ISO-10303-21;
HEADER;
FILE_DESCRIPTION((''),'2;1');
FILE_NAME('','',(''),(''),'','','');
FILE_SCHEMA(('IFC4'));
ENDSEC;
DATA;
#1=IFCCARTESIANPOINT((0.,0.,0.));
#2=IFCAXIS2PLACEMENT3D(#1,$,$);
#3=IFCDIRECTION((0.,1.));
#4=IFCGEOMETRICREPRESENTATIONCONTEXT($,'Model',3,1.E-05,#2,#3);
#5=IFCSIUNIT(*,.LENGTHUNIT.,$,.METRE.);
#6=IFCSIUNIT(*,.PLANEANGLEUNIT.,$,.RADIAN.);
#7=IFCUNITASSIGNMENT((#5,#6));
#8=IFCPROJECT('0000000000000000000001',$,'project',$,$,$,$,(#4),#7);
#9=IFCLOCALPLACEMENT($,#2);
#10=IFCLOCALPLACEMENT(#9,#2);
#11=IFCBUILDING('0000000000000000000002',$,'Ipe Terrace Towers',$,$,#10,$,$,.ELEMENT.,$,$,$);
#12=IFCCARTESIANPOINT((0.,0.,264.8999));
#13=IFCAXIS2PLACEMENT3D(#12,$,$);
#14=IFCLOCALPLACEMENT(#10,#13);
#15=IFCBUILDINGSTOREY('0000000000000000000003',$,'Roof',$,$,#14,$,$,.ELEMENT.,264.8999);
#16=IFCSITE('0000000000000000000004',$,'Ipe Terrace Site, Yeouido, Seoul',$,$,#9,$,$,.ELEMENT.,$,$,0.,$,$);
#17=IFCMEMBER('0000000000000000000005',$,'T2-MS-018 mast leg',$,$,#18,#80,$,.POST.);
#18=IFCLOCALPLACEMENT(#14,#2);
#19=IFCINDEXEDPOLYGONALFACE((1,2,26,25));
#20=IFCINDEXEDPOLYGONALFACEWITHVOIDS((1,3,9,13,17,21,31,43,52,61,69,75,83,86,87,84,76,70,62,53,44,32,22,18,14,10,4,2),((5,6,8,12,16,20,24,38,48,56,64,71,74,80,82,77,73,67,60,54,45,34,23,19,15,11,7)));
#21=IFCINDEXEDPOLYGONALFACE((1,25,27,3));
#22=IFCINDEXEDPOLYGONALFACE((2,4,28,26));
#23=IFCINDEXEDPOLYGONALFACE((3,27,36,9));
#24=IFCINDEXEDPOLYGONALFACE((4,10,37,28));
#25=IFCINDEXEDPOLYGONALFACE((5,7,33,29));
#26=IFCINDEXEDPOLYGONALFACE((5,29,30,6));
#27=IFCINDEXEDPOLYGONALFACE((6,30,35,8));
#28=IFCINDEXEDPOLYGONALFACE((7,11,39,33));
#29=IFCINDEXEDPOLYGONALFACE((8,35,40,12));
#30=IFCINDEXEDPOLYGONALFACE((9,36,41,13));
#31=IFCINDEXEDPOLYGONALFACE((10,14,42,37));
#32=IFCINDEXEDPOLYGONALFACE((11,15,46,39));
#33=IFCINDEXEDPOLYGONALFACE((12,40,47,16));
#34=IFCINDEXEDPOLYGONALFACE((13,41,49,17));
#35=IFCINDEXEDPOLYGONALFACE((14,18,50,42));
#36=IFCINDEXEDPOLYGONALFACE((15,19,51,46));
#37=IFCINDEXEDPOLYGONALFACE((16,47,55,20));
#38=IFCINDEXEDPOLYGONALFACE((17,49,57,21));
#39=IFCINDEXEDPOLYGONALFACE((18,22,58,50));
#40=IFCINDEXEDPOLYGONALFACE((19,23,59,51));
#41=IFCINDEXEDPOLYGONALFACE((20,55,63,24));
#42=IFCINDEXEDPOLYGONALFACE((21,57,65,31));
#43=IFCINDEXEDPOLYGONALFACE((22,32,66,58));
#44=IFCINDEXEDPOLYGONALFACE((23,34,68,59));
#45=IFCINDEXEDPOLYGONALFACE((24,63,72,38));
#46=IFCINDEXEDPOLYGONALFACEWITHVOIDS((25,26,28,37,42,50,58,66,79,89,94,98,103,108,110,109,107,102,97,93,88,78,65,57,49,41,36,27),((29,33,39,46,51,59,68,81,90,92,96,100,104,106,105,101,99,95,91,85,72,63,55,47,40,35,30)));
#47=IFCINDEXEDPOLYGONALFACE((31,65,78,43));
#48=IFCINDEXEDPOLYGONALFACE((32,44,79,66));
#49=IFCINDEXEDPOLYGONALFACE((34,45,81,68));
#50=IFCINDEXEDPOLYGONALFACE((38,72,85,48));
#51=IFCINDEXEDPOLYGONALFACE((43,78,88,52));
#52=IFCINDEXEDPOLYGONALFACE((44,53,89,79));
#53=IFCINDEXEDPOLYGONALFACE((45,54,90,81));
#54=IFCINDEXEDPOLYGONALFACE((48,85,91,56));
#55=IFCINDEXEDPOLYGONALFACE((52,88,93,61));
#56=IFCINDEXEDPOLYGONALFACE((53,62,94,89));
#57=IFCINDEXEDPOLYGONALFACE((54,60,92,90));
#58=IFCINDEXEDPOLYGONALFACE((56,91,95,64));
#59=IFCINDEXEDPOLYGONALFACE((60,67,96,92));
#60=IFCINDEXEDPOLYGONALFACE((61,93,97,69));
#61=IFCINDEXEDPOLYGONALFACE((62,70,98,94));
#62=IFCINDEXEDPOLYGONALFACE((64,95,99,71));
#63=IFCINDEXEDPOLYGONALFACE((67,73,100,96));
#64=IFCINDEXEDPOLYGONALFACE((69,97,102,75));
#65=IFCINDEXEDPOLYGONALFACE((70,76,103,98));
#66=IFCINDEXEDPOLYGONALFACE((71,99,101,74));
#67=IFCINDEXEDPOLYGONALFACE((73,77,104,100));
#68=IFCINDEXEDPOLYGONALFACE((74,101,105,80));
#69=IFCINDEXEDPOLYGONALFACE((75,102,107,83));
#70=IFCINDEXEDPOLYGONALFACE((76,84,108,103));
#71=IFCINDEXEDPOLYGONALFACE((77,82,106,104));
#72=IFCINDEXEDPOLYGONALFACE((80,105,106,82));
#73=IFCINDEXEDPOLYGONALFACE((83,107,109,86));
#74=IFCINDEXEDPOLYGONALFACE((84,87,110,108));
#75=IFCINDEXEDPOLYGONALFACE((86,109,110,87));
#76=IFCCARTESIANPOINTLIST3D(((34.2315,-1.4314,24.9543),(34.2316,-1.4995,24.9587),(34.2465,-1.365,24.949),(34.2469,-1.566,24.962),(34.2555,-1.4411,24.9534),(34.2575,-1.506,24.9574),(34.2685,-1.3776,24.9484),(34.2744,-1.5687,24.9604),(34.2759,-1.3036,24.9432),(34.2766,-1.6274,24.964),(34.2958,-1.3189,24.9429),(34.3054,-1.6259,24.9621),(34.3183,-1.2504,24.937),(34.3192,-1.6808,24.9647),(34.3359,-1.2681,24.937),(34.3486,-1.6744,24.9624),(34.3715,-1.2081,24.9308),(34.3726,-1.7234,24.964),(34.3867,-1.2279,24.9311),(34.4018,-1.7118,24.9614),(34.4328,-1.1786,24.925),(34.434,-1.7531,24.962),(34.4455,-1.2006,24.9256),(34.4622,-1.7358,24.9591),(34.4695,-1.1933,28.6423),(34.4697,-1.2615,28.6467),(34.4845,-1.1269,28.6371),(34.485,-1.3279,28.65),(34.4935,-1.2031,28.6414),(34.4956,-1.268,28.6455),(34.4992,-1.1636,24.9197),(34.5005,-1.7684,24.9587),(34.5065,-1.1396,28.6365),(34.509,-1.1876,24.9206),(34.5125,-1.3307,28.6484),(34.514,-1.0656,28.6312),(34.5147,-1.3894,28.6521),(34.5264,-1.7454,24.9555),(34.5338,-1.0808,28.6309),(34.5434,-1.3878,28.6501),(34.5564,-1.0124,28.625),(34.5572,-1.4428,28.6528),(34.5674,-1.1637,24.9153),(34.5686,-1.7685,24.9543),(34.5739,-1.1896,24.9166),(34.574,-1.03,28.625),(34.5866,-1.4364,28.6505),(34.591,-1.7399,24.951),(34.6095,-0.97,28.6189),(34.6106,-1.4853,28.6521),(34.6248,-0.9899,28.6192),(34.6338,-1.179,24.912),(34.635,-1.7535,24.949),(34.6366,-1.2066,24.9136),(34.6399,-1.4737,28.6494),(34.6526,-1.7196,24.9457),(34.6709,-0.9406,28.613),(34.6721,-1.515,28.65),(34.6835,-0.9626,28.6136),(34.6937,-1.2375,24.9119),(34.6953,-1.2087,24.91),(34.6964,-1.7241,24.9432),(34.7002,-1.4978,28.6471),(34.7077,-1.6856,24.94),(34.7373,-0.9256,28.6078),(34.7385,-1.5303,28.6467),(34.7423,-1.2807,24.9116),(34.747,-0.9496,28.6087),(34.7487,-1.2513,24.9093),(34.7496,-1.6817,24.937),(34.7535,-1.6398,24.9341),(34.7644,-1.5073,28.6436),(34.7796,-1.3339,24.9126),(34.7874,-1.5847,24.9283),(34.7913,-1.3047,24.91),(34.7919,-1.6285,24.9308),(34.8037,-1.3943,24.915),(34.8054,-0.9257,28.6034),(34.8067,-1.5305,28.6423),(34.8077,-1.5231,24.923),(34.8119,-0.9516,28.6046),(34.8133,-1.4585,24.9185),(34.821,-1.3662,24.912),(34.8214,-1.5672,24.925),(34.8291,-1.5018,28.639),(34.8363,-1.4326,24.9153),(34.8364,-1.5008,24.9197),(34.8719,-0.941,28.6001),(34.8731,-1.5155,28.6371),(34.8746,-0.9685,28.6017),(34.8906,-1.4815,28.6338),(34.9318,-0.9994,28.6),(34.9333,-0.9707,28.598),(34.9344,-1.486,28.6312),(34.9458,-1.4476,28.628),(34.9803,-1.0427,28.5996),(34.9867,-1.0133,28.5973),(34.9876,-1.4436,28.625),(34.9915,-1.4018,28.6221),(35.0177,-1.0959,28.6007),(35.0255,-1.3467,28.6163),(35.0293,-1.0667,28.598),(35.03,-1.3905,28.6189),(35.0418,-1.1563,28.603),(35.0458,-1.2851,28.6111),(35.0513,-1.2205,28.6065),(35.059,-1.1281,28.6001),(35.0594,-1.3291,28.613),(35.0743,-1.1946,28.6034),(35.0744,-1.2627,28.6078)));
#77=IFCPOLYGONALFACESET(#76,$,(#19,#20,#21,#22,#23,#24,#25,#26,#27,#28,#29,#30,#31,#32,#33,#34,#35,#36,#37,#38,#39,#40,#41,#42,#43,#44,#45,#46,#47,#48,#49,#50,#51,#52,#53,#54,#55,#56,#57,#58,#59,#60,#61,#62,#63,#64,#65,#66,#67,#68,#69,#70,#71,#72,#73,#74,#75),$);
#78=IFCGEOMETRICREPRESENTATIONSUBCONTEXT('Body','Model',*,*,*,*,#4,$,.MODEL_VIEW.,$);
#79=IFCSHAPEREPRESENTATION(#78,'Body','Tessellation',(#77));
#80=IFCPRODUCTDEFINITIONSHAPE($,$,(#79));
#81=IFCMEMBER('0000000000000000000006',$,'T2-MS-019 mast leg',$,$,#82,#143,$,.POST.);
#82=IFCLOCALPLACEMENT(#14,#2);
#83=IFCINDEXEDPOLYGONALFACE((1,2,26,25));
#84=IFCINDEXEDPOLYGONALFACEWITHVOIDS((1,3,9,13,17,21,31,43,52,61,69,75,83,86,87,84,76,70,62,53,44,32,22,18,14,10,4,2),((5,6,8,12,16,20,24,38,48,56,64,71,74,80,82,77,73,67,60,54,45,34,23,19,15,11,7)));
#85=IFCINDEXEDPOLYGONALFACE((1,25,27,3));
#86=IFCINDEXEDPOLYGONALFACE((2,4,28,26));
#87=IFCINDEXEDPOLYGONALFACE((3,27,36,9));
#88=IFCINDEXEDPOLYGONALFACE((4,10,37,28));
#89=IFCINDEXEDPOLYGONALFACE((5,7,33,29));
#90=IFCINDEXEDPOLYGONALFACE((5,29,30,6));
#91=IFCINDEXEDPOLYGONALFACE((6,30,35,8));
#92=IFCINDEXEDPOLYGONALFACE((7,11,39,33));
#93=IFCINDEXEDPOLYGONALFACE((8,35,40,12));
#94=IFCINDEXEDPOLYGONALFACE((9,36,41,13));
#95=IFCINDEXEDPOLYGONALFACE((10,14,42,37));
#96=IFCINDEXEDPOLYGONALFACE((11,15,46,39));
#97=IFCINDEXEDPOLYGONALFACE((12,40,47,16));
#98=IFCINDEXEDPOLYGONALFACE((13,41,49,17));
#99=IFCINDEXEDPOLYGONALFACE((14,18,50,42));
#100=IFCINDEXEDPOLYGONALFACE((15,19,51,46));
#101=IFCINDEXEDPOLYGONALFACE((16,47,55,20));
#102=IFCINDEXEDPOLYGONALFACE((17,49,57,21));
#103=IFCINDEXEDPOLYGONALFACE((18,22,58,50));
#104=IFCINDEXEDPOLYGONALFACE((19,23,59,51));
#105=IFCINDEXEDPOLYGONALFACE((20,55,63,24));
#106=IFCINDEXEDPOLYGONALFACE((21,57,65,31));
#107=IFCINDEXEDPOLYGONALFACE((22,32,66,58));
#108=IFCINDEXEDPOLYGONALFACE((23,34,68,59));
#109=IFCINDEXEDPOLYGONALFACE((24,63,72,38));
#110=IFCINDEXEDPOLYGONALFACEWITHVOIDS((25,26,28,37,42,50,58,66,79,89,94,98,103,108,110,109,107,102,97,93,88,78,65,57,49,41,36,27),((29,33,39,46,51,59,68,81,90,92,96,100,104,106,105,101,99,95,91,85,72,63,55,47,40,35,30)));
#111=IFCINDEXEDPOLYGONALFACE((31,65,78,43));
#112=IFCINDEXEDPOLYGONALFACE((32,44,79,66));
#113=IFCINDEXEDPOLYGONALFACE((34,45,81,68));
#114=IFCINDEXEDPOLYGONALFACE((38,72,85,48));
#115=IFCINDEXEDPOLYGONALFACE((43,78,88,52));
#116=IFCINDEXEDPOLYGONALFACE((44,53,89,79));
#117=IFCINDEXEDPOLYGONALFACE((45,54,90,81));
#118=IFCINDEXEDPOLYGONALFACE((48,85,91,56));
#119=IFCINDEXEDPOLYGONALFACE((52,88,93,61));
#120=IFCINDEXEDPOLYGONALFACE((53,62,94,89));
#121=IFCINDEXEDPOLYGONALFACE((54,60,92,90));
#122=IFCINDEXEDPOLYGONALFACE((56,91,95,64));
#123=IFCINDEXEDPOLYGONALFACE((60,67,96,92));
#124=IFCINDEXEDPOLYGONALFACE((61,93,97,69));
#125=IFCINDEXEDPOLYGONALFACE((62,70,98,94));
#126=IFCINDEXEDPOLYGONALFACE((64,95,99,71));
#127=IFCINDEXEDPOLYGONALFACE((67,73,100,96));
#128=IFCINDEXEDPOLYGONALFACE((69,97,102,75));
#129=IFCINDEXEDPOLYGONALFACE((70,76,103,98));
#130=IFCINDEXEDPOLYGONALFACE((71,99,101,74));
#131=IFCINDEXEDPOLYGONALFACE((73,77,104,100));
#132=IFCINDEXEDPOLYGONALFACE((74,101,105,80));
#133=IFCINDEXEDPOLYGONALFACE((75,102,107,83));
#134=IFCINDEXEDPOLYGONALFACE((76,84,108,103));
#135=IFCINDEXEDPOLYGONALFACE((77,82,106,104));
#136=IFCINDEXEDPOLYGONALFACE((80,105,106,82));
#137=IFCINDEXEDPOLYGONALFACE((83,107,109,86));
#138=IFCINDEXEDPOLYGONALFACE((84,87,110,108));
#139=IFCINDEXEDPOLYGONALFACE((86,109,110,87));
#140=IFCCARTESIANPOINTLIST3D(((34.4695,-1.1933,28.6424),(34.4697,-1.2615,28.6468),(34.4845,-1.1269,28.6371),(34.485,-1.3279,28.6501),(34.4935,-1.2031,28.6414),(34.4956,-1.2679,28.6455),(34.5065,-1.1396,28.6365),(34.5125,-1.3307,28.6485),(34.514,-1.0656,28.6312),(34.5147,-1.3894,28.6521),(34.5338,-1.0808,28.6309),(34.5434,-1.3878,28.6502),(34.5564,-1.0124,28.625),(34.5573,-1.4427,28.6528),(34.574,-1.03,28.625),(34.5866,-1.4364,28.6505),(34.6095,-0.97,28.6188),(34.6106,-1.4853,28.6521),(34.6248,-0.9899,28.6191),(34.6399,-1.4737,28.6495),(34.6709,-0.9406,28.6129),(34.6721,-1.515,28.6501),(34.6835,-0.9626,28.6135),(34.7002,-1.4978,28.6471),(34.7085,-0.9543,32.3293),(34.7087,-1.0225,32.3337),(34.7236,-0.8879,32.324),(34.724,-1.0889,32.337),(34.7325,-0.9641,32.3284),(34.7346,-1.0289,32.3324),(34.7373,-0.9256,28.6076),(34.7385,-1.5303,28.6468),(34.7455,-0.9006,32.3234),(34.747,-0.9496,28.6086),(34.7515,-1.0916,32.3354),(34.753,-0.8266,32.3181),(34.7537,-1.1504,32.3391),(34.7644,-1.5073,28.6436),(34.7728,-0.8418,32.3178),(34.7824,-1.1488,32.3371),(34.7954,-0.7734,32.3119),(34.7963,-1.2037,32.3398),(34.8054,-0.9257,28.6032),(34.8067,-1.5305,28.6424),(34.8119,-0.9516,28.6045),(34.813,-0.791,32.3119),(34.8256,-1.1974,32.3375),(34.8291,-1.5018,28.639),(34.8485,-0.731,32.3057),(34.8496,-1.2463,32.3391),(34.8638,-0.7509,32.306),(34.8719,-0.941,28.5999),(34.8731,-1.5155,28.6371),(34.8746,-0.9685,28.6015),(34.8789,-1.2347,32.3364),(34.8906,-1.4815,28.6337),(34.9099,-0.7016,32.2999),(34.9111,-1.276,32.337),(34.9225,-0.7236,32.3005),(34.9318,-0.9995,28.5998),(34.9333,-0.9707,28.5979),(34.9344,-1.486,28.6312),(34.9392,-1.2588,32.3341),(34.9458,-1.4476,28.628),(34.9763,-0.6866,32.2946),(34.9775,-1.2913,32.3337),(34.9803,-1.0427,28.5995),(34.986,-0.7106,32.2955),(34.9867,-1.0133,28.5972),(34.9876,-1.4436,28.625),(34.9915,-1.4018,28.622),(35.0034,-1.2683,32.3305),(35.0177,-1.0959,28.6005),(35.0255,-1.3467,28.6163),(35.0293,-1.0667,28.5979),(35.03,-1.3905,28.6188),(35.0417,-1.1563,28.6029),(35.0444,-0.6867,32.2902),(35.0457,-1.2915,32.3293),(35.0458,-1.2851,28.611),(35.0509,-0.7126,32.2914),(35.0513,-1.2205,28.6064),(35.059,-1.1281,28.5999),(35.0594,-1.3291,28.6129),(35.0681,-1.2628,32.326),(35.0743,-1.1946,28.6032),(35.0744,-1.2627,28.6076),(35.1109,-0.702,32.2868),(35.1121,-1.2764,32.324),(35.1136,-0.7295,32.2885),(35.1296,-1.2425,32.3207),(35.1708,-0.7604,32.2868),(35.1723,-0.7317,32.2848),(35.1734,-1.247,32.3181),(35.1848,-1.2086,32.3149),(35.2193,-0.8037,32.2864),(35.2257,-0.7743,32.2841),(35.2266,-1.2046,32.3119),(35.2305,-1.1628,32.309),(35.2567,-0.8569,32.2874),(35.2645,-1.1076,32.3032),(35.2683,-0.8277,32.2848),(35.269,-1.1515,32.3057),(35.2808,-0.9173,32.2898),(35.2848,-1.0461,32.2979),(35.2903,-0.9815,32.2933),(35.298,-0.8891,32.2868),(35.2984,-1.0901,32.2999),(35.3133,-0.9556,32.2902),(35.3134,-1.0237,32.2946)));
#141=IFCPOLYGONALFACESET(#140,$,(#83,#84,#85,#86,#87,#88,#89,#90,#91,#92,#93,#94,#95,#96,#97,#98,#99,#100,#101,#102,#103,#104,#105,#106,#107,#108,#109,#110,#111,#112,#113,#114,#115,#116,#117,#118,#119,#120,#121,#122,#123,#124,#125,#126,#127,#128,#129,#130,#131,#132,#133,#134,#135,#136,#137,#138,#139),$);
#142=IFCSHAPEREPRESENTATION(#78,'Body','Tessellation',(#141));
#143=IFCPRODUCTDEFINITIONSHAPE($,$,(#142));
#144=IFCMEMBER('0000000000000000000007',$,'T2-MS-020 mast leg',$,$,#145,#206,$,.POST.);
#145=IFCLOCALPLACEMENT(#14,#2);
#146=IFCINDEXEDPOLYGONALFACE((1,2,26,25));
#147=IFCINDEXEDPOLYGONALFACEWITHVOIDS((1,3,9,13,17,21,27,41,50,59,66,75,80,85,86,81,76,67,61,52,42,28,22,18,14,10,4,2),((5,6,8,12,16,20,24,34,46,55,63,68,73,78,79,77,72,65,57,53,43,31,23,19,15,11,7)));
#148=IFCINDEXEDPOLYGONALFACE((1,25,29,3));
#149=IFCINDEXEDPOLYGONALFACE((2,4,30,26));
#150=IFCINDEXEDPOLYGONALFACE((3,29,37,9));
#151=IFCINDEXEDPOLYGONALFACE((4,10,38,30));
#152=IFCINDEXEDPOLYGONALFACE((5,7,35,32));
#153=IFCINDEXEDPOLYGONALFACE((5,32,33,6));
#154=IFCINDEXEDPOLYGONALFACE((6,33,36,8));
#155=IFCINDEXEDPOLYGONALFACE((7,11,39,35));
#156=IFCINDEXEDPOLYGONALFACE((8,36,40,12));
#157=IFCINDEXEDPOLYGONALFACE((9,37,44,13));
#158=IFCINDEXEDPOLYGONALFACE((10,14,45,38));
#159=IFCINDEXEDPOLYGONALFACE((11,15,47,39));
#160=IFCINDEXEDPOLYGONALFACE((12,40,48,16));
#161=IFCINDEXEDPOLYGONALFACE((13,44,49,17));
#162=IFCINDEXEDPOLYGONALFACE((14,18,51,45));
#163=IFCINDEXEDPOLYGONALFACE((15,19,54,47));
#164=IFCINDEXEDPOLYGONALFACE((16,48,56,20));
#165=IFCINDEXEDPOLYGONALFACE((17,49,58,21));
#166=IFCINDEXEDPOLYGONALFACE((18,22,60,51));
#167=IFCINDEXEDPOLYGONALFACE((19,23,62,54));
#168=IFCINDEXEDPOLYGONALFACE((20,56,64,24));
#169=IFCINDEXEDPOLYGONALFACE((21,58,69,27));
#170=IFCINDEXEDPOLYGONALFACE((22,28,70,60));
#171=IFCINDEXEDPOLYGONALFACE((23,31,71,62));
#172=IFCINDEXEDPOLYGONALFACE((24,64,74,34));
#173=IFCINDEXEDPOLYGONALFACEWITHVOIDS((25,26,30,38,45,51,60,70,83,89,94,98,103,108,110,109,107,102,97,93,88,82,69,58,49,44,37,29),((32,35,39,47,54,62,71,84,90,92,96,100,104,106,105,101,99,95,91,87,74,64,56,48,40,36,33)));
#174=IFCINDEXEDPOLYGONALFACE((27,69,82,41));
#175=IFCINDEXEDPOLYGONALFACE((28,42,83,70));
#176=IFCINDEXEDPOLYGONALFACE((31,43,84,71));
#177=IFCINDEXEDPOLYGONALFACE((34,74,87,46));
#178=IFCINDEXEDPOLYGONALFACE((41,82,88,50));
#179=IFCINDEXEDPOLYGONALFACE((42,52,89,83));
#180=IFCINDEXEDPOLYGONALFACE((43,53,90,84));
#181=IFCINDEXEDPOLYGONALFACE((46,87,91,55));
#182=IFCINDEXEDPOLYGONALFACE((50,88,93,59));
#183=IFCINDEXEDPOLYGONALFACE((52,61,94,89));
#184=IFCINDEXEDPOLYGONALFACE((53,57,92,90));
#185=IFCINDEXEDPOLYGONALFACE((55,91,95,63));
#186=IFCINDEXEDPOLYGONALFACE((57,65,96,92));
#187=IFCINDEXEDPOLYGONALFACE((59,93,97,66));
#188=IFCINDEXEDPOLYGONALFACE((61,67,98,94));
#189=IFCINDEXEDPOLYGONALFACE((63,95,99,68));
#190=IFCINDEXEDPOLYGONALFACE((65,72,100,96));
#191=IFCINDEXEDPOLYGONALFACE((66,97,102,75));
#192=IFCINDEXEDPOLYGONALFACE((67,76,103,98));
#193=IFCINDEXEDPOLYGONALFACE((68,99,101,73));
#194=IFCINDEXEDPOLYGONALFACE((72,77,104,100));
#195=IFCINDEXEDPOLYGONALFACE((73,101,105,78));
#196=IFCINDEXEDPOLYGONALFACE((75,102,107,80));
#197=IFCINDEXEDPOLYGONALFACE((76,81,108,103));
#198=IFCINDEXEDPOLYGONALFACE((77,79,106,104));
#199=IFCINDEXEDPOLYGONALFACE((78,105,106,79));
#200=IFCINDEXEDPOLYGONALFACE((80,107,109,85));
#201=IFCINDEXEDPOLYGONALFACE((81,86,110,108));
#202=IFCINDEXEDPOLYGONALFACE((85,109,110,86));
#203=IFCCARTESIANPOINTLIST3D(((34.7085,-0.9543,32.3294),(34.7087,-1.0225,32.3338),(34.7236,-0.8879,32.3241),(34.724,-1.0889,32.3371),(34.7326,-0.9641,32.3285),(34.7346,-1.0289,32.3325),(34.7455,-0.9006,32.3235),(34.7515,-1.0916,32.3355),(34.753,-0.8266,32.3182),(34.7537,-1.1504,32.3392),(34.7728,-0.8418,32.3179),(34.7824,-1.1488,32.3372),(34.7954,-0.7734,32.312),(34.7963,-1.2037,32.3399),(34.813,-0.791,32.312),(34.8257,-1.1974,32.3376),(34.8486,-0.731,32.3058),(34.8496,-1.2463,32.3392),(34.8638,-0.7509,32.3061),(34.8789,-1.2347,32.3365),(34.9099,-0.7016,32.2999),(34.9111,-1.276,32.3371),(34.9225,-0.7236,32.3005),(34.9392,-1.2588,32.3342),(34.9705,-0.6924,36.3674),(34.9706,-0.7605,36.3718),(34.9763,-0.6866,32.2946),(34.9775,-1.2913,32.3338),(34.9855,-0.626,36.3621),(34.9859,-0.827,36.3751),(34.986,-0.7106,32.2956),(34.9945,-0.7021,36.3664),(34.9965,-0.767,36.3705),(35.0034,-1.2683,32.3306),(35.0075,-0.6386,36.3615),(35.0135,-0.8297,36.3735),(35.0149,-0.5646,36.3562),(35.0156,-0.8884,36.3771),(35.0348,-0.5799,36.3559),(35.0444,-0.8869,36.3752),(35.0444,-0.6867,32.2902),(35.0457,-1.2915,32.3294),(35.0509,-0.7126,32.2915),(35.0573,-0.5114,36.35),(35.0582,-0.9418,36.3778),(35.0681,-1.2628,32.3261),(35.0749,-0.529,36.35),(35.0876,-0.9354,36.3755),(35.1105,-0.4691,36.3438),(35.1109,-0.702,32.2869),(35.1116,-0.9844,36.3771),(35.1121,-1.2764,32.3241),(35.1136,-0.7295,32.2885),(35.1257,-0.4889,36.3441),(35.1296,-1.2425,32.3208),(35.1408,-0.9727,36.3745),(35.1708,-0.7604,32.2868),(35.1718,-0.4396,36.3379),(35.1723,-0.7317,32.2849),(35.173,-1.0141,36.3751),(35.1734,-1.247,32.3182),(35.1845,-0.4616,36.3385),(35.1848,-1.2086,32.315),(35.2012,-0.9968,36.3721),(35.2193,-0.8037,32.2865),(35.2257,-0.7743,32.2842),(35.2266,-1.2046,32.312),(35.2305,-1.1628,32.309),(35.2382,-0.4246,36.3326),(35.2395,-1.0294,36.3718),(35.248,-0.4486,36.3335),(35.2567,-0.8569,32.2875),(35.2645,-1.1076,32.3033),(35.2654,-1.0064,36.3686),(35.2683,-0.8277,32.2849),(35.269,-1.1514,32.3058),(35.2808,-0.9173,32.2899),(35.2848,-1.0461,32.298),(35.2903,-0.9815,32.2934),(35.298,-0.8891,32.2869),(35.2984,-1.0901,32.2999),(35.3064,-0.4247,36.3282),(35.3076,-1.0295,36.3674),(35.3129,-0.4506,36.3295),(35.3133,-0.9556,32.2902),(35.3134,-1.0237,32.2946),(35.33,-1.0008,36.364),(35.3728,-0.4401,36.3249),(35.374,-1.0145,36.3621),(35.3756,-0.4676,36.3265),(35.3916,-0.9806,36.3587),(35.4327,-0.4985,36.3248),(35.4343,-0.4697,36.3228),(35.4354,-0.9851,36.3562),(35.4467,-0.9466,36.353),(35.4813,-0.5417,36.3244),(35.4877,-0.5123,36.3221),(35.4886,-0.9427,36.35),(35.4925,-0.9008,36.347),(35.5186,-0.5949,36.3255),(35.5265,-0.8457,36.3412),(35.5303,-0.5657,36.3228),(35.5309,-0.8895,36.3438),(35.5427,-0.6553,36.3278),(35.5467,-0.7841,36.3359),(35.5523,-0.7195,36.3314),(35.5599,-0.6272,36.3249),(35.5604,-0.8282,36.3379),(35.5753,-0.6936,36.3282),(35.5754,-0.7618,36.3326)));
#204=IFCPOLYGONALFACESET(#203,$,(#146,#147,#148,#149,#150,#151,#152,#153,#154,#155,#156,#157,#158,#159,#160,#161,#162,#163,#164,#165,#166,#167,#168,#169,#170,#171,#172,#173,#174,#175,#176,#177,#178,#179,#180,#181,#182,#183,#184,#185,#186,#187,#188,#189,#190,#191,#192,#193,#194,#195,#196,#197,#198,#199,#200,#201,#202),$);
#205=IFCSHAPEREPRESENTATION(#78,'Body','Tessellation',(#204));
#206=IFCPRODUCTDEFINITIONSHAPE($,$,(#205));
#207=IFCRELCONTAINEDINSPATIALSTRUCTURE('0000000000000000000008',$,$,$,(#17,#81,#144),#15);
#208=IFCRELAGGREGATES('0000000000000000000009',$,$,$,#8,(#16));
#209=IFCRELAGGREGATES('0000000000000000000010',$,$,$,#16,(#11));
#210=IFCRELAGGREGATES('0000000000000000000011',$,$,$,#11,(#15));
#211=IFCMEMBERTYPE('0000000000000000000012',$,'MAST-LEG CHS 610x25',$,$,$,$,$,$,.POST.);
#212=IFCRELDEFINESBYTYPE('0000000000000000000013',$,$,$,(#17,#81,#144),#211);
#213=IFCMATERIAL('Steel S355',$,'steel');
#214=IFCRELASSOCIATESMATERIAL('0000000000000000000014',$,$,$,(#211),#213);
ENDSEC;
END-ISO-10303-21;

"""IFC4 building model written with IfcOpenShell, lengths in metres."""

from ifc_helpers import new_model, si_unit, direction, frame, origin, origin_2d, place, context, subcontext, project, spatial, hollow_circle, extrude, material, material_profile, profile_set, type_object, element, save


model = new_model("IFC4")

# Units and contexts
model_context = context("Model", 3, precision=1e-05, world=origin(), true_north=direction((0.0, 1.0)))
body_context = subcontext(model_context, "Body", "Model", "MODEL_VIEW")
ifc_project = project(units=[si_unit("LENGTHUNIT", "METRE"), si_unit("PLANEANGLEUNIT", "RADIAN")], contexts=[model_context])

# Site, building, storey
site_placement = place(None, origin())
site = spatial("IfcSite", under=ifc_project, at=site_placement, Name="Ipe Terrace Site, Yeouido, Seoul", CompositionType="ELEMENT", RefElevation=0.0)
building_placement = place(site_placement, origin())
building = spatial("IfcBuilding", under=site, at=building_placement, Name="Ipe Terrace Towers", CompositionType="ELEMENT")
storey_placement = place(building_placement, frame((0.0, 0.0, 264.8999)))
storey = spatial("IfcBuildingStorey", under=building, at=storey_placement, Name="Roof", CompositionType="ELEMENT", Elevation=264.8999)

# Members
ifc_material_1 = material(Name="Steel S355", Category="steel")
ifc_material_profile_1 = material_profile(ifc_material_1, hollow_circle(Radius=0.3049, WallThickness=0.0249, at=origin_2d()), Name="MAST-LEG CHS 610x25")
ifc_profile_set_1 = profile_set([ifc_material_profile_1], Name="Steel S355")
member_type_1 = type_object("IfcMemberType", Name="MAST-LEG CHS 610x25", PredefinedType="POST", material=ifc_profile_set_1)
member_1_placement = place(storey_placement, frame((34.5339, -1.4661, 24.937), z_axis=(0.064277, 0.064277, 0.99586), x_axis=(-0.707107, 0.707107, 0.0)))
element("IfcMember", 1, at=member_1_placement, inside=storey, type_object=member_type_1, Name="T2-MS-018 mast leg", PredefinedType="POST", context=body_context, shape_type="SweptSolid", body=[
    extrude(hollow_circle(Radius=0.3049, WallThickness=0.0249, at=origin_2d()), origin(), (0.0, 0.0, 1.0), 3.7034),
])
member_2_placement = place(storey_placement, frame((34.772, -1.228, 28.625), z_axis=(0.064555, 0.064555, 0.995824), x_axis=(-0.707107, 0.707107, 0.0)))
element("IfcMember", 2, at=member_2_placement, inside=storey, type_object=member_type_1, Name="T2-MS-019 mast leg", PredefinedType="POST", context=body_context, shape_type="SweptSolid", body=[
    extrude(hollow_circle(Radius=0.3049, WallThickness=0.0249, at=origin_2d()), origin(), (0.0, 0.0, 1.0), 3.7024),
])
member_3_placement = place(storey_placement, frame((35.011, -0.989, 32.312), z_axis=(0.064602, 0.064602, 0.995818), x_axis=(-0.707107, 0.707107, 0.0)))
element("IfcMember", 3, at=member_3_placement, inside=storey, type_object=member_type_1, Name="T2-MS-020 mast leg", PredefinedType="POST", context=body_context, shape_type="SweptSolid", body=[
    extrude(hollow_circle(Radius=0.3049, WallThickness=0.0249, at=origin_2d()), origin(), (0.0, 0.0, 1.0), 4.0549),
])

save(model, "model.ifc")
